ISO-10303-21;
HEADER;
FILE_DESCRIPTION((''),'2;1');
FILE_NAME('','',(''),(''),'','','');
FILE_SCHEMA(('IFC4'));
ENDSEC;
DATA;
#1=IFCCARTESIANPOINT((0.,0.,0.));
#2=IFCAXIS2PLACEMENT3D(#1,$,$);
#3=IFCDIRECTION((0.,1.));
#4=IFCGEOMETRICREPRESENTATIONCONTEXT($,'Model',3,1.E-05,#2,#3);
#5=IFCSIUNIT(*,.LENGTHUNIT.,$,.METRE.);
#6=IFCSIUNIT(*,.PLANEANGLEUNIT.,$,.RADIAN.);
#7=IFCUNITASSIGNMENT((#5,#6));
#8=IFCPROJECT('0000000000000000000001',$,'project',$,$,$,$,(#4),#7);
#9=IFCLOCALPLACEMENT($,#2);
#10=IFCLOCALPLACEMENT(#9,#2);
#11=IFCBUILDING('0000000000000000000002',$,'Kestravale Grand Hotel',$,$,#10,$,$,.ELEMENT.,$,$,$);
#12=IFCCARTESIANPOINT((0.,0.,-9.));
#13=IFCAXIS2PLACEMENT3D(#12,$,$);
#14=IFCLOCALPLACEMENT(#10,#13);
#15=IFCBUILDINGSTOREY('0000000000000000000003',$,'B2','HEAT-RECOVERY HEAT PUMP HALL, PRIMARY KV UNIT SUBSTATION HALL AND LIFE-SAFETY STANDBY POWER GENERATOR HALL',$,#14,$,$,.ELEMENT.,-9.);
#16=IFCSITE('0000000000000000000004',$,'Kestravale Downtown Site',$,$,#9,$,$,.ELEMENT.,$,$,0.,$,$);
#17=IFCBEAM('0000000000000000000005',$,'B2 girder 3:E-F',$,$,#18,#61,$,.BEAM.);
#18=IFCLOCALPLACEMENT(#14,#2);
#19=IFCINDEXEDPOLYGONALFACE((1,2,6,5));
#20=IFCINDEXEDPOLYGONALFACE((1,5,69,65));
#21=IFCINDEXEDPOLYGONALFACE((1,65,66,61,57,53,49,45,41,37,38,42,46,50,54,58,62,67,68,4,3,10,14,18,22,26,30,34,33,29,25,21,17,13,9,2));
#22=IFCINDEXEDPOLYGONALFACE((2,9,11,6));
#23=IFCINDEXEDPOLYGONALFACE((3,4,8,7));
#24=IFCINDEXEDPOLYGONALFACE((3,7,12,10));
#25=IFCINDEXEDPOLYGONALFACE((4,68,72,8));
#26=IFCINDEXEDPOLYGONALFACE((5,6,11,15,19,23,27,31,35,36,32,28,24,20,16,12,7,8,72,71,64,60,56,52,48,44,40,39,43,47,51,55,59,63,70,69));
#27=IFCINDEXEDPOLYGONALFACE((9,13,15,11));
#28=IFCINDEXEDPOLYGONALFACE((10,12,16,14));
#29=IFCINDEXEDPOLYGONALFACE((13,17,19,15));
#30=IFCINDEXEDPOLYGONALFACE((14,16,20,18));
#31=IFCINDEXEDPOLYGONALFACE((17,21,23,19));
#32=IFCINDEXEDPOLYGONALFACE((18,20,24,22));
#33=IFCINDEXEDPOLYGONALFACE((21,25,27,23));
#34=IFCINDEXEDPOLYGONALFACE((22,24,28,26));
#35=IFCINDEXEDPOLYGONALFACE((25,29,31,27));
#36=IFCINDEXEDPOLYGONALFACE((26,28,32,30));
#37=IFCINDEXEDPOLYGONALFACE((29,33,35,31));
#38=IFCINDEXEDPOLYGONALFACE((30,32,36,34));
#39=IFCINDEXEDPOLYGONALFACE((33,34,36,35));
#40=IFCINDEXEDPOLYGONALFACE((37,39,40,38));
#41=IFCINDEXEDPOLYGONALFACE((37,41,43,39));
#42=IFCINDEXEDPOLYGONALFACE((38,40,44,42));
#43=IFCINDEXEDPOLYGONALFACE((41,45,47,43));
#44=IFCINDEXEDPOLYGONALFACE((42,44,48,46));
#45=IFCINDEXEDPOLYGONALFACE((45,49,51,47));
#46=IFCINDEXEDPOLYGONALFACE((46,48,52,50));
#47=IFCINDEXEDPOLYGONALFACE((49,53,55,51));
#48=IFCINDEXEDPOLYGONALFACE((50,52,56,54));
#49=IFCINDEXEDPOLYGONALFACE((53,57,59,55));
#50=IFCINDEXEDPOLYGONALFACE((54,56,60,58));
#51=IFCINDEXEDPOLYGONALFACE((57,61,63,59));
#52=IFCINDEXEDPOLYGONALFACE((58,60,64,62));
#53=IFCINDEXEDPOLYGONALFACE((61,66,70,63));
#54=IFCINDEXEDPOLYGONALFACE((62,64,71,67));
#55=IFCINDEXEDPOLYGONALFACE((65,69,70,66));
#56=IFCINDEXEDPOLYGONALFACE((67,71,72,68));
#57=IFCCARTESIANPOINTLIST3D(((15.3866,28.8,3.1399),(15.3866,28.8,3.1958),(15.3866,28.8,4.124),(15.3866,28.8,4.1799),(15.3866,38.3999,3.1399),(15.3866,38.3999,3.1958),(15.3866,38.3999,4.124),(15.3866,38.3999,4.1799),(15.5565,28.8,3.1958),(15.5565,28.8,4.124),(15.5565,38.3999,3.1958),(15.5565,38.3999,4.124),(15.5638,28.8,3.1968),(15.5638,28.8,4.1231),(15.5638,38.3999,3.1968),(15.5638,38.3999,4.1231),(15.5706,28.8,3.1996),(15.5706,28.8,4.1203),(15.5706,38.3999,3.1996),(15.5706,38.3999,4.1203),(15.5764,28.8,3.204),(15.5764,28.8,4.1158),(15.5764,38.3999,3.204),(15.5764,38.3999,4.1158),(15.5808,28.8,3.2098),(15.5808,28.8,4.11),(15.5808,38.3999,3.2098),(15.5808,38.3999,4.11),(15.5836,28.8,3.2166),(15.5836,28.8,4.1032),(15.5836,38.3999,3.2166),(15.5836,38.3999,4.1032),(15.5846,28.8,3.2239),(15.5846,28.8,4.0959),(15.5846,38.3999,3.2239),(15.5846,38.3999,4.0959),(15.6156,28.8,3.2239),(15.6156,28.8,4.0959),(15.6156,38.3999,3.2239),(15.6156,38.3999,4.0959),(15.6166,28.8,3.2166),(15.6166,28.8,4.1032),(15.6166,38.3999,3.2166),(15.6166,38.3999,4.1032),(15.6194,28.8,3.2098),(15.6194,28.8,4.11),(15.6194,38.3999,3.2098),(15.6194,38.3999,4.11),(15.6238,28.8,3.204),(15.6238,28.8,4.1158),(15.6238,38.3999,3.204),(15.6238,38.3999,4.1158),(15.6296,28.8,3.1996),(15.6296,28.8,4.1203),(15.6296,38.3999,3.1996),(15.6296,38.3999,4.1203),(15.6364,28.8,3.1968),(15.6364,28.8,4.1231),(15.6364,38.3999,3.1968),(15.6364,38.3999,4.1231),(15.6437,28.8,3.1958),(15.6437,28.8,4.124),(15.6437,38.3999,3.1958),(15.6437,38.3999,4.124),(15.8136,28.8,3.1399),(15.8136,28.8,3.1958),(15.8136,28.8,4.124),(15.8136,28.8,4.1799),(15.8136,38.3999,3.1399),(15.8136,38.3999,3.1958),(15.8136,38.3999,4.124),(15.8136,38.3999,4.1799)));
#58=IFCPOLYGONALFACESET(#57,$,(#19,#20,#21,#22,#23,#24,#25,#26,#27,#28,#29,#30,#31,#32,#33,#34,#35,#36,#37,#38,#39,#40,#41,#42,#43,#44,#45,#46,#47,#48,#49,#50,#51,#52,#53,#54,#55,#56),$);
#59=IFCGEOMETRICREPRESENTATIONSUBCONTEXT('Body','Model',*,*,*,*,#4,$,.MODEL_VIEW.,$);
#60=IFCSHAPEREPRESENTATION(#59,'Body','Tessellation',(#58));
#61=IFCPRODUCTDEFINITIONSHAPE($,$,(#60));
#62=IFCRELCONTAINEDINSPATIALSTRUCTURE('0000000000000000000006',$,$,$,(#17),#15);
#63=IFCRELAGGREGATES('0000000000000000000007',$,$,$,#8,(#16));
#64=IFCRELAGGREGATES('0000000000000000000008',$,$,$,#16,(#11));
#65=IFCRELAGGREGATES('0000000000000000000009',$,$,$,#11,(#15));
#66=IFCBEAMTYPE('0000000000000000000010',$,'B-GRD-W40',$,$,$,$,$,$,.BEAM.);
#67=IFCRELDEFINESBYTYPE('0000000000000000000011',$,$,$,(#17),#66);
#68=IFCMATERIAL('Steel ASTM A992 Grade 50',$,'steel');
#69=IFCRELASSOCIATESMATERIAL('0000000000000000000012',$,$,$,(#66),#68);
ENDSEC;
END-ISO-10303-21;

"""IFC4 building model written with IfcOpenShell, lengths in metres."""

from ifc_helpers import new_model, si_unit, direction, frame, origin, origin_2d, place, context, subcontext, project, spatial, i_section, extrude, material, material_profile, profile_set, type_object, element, save


model = new_model("IFC4")

# Units and contexts
model_context = context("Model", 3, precision=1e-05, world=origin(), true_north=direction((0.0, 1.0)))
body_context = subcontext(model_context, "Body", "Model", "MODEL_VIEW")
ifc_project = project(units=[si_unit("LENGTHUNIT", "METRE"), si_unit("PLANEANGLEUNIT", "RADIAN")], contexts=[model_context])

# Site, building, storey
site_placement = place(None, origin())
site = spatial("IfcSite", under=ifc_project, at=site_placement, Name="Kestravale Downtown Site", CompositionType="ELEMENT", RefElevation=0.0)
building_placement = place(site_placement, origin())
building = spatial("IfcBuilding", under=site, at=building_placement, Name="Kestravale Grand Hotel", CompositionType="ELEMENT")
storey_placement = place(building_placement, frame((0.0, 0.0, -9.0)))
storey = spatial("IfcBuildingStorey", under=building, at=storey_placement, Name="B2", Description="HEAT-RECOVERY HEAT PUMP HALL, PRIMARY KV UNIT SUBSTATION HALL AND LIFE-SAFETY STANDBY POWER GENERATOR HALL", CompositionType="ELEMENT", Elevation=-9.0)

# Beam
ifc_material_1 = material(Name="Steel ASTM A992 Grade 50", Category="steel")
ifc_material_profile_1 = material_profile(ifc_material_1, i_section(OverallWidth=0.427, OverallDepth=1.04, WebThickness=0.031, FlangeThickness=0.0559, FilletRadius=0.0281, at=origin_2d()))
ifc_profile_set_1 = profile_set([ifc_material_profile_1], Name="Steel ASTM A992 Grade 50")
beam_type_1 = type_object("IfcBeamType", Name="B-GRD-W40", PredefinedType="BEAM", material=ifc_profile_set_1)
for number, where, z_axis, x_axis, name in (
    (1, (15.6001, 28.8, 3.6599), (0.0, 1.0, 0.0), (-1.0, 0.0, 0.0), "B2 girder 3:E-F"),
):
    element("IfcBeam", number, at=place(storey_placement, frame(where, z_axis=z_axis, x_axis=x_axis)), inside=storey, type_object=beam_type_1, Name=name, PredefinedType="BEAM", context=body_context, shape_type="SweptSolid", body=[
        extrude(i_section(OverallWidth=0.427, OverallDepth=1.04, WebThickness=0.031, FlangeThickness=0.0559, FilletRadius=0.0281, at=origin_2d()), origin(), (0.0, 0.0, 1.0), 9.5999),
    ])

save(model, "model.ifc")
